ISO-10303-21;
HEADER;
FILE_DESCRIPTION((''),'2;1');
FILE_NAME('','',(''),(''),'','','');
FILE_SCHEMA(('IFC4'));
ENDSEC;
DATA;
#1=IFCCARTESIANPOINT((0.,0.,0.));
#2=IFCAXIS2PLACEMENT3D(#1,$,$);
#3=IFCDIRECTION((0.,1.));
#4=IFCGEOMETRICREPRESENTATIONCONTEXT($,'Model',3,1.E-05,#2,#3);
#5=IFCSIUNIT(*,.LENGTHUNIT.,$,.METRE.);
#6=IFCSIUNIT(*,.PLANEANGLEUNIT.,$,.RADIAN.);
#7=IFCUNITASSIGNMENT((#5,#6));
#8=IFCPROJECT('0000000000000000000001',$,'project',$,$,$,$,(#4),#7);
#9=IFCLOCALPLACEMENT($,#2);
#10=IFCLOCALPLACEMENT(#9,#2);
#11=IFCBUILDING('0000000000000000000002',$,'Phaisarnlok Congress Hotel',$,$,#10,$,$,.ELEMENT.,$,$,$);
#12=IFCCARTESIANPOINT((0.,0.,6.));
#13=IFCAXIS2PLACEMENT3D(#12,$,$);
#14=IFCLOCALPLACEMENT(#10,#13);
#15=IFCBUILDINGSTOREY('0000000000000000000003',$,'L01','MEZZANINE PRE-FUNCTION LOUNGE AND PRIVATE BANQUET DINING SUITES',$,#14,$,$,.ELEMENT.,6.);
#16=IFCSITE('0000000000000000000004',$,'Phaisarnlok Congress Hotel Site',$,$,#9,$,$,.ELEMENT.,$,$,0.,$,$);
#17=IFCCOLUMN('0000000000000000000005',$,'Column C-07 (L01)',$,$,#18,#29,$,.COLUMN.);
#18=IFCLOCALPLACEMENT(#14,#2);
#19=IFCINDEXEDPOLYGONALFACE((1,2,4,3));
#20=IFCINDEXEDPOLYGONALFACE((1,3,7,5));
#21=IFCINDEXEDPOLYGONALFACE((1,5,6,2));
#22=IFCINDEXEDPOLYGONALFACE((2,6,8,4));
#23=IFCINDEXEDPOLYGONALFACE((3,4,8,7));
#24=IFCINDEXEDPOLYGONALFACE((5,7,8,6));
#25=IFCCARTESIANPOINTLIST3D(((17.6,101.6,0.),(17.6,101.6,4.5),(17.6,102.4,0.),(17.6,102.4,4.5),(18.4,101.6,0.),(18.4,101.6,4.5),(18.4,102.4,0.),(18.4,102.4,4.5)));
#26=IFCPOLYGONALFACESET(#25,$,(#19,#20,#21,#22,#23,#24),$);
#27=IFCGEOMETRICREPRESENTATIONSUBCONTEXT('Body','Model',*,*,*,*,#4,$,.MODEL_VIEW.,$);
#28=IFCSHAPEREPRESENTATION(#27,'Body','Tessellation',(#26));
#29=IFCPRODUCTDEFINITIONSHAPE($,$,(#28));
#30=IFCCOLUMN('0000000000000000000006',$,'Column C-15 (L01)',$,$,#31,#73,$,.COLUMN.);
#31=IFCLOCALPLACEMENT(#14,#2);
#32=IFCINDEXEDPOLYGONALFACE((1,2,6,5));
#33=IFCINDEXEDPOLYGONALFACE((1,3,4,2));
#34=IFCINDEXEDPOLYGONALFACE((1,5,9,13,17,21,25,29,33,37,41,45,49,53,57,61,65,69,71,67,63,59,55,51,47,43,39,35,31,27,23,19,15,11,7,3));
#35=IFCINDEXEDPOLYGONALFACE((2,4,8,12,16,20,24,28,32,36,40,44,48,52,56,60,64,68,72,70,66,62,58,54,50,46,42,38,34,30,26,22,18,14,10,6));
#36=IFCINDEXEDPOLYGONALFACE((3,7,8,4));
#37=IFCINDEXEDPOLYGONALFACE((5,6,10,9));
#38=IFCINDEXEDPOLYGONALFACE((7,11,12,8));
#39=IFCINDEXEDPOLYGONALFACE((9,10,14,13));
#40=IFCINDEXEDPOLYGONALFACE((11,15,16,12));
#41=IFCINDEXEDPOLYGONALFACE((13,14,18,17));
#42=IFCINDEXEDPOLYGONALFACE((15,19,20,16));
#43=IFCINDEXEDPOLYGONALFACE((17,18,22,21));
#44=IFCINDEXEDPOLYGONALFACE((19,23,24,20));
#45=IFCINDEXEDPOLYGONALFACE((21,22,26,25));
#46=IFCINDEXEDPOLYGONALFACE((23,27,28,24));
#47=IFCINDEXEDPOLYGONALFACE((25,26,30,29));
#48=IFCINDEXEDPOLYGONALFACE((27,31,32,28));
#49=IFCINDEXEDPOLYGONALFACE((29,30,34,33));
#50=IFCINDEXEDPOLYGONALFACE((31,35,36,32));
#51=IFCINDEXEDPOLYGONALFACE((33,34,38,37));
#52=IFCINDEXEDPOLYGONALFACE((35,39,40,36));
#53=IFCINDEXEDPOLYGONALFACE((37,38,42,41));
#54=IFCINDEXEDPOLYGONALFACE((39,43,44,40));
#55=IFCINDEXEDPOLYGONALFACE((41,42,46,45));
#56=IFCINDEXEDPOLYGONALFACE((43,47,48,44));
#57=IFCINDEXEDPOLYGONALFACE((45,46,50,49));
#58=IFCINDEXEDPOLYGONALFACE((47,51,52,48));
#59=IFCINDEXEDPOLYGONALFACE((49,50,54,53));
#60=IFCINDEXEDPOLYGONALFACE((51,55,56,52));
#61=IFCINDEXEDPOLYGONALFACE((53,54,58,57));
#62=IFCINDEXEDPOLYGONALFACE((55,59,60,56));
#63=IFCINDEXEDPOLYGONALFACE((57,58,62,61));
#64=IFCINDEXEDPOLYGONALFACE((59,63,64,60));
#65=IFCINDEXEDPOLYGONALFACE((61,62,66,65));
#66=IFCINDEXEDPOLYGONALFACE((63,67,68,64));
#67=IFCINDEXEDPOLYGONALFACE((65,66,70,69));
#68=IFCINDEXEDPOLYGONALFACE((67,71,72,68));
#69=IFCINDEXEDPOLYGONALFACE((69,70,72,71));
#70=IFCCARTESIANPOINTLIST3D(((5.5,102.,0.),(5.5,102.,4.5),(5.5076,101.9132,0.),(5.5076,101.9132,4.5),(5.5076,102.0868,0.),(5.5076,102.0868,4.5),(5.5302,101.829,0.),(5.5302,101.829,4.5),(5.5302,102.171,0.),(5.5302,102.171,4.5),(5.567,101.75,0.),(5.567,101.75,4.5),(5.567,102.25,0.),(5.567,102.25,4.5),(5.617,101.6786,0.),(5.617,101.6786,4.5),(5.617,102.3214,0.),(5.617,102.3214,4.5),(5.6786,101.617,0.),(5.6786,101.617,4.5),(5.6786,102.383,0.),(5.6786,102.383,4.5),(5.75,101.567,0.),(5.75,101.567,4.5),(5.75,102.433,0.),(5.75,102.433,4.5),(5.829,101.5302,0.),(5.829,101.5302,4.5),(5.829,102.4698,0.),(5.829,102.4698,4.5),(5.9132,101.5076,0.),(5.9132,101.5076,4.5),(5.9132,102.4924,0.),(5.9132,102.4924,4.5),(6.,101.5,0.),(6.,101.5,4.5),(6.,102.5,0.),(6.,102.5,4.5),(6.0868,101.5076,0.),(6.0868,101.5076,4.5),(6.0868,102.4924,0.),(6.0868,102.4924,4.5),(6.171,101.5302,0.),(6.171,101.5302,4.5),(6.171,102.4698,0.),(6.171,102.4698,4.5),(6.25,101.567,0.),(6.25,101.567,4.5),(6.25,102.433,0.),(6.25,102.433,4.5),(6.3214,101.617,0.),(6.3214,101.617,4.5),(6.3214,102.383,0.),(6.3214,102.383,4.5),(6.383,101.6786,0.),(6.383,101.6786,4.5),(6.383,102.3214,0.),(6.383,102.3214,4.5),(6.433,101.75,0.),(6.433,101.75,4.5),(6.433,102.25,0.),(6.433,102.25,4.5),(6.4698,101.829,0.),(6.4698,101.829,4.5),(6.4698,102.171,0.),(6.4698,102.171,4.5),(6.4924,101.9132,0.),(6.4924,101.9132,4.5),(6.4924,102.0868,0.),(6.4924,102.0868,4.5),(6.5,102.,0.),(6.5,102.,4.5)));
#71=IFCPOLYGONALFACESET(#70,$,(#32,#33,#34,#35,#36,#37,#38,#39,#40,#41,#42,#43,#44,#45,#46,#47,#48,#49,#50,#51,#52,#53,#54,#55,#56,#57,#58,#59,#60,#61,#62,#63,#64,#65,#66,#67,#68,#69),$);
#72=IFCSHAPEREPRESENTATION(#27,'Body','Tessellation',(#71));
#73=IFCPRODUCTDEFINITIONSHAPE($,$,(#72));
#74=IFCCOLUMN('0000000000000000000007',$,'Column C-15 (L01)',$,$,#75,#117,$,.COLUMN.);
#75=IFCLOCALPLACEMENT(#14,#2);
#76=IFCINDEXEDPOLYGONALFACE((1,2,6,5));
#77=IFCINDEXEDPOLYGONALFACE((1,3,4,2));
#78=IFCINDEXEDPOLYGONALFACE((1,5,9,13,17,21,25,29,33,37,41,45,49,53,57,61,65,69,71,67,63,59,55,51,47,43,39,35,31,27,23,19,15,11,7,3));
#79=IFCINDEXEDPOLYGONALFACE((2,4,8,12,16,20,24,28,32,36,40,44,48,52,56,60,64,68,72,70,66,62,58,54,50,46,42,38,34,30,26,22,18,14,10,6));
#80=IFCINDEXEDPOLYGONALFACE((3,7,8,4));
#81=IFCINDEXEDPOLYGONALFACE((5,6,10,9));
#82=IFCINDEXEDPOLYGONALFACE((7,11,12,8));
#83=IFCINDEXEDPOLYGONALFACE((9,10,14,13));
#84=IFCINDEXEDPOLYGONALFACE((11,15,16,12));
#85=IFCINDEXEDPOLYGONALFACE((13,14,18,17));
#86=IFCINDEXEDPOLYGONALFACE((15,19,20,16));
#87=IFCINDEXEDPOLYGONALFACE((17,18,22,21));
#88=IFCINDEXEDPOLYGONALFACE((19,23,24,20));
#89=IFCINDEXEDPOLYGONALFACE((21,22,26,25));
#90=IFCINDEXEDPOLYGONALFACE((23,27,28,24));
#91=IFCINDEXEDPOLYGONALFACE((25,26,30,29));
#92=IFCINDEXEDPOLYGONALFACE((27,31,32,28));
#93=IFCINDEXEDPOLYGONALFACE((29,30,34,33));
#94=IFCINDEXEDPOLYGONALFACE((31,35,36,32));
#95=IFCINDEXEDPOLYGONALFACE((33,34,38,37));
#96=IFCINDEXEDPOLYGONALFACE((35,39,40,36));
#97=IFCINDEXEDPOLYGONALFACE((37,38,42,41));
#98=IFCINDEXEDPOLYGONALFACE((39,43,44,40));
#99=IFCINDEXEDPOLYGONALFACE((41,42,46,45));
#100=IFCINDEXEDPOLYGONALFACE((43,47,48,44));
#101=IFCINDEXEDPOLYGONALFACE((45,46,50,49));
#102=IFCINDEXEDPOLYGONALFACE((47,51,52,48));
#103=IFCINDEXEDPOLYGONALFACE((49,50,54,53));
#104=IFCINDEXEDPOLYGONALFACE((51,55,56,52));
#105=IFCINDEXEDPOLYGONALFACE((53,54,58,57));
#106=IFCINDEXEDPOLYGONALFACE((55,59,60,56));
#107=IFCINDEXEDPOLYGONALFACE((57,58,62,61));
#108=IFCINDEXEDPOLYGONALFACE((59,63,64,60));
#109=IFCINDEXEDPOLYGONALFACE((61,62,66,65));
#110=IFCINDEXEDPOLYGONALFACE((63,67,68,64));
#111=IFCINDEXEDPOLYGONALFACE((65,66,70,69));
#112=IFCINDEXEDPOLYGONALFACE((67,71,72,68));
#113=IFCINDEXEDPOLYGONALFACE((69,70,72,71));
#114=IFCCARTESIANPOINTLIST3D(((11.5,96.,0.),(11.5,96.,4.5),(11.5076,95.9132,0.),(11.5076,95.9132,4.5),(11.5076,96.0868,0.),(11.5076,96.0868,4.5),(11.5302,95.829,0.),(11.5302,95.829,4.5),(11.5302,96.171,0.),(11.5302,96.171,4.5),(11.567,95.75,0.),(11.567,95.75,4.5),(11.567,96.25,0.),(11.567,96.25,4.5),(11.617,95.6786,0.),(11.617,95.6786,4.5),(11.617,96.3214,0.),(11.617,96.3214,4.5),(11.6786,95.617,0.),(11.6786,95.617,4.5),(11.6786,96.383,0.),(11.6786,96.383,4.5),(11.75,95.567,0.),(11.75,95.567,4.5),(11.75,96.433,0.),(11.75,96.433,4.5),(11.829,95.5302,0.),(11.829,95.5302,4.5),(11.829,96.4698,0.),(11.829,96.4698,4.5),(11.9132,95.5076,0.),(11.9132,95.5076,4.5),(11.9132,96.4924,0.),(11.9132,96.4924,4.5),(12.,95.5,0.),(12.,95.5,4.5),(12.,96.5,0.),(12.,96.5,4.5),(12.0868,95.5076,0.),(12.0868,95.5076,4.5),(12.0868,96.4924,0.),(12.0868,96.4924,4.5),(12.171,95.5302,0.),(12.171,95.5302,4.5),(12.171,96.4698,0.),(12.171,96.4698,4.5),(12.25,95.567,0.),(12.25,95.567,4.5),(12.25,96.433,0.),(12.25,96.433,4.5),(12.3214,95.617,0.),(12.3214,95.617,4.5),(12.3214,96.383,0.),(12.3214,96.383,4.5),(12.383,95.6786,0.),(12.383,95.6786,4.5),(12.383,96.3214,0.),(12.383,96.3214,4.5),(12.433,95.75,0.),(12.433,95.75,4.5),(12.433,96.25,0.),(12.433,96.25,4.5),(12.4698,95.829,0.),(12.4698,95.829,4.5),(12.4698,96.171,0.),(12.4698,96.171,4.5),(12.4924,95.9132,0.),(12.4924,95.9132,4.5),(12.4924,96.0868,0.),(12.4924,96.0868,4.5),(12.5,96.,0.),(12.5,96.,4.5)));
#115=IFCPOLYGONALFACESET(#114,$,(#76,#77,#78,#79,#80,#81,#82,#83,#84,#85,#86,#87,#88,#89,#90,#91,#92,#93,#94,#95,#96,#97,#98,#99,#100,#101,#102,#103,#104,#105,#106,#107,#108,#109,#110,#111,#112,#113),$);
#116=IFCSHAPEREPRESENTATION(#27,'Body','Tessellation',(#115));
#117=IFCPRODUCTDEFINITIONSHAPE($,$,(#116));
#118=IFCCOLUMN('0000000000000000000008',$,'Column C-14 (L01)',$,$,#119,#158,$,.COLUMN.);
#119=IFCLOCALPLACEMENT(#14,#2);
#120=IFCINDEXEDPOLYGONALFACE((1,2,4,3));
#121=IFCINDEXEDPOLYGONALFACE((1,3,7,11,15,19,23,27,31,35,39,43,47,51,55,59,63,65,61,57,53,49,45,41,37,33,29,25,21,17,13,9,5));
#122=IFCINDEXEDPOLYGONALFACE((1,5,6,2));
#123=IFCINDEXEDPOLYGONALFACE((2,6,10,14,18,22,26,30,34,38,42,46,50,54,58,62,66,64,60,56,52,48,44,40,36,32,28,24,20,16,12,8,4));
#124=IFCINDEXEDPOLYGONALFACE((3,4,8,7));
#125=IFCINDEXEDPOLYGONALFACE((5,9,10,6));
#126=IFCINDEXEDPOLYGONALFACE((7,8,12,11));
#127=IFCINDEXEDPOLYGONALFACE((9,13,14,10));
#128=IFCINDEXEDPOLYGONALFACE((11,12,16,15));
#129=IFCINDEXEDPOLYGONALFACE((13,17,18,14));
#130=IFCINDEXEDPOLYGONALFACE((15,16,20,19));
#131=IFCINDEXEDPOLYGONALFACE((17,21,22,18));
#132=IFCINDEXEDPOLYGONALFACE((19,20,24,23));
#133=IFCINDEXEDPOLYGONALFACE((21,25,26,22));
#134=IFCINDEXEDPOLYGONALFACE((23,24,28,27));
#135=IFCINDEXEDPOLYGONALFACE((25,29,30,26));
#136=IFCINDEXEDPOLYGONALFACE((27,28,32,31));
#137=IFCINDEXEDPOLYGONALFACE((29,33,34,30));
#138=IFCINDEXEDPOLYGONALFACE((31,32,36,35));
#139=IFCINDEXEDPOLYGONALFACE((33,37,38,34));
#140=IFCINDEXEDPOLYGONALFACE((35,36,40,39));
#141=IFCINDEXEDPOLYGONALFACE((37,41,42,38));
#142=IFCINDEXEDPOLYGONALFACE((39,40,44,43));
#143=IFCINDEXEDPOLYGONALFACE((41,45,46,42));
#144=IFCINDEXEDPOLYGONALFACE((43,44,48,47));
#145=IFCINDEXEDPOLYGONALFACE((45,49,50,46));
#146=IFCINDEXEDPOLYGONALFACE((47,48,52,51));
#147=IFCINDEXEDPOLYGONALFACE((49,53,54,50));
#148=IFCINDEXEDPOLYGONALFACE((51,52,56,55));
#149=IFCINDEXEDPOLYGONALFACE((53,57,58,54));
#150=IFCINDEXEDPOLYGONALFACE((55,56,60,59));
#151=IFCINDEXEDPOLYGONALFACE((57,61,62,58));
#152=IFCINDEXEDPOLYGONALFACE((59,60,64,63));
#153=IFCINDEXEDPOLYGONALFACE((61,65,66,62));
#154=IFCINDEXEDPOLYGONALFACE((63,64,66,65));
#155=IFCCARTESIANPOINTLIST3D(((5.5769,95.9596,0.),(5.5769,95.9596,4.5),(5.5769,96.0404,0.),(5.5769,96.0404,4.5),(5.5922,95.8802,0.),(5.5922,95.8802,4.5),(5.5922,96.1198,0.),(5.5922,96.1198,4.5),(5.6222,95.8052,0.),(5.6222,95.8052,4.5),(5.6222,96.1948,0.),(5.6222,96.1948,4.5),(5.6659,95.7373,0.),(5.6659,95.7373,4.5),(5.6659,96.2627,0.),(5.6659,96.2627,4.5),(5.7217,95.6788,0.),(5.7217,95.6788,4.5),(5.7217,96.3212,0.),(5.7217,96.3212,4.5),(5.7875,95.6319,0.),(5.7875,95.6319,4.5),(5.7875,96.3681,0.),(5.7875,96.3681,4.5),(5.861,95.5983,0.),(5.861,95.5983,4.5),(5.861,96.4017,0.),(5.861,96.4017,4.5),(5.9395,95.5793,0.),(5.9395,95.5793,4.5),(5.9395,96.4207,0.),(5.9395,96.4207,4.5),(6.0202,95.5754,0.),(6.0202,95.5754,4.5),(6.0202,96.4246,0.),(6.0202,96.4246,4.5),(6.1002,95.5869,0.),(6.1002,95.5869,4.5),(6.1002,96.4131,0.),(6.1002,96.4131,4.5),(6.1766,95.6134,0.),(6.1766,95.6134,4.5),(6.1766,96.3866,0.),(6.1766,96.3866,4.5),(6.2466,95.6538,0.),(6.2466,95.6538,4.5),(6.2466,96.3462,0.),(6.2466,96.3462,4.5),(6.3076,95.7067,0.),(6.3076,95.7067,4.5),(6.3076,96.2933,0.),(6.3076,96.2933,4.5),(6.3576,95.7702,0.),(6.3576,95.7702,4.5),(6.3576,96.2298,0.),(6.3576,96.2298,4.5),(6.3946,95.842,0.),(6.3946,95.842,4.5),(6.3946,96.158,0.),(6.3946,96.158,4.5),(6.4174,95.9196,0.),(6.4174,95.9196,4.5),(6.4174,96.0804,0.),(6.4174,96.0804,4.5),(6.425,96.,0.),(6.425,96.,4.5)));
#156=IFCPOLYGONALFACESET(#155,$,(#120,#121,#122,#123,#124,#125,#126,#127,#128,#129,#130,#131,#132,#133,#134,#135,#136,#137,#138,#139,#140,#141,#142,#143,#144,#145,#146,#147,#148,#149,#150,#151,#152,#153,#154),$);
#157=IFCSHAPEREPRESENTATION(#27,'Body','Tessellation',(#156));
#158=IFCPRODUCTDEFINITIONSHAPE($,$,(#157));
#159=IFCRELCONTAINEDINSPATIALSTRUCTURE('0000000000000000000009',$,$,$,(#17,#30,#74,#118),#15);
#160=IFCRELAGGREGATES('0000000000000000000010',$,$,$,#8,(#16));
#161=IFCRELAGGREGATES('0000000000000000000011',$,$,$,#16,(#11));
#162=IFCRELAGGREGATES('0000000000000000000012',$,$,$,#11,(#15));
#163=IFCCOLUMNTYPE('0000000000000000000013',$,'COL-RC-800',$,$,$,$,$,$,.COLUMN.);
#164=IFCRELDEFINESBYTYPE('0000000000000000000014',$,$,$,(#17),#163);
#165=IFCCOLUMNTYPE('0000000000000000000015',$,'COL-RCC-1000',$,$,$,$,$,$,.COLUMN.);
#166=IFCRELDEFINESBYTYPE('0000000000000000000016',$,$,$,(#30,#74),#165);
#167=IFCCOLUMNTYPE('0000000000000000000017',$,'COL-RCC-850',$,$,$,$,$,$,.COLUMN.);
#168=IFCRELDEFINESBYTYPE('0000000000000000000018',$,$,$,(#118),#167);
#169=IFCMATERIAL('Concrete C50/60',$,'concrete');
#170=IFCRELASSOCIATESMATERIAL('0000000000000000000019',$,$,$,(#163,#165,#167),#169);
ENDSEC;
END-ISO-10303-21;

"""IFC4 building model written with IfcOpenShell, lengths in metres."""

from ifc_helpers import new_model, si_unit, direction, frame, origin, origin_2d, place, context, subcontext, project, spatial, rectangle, circle, extrude, material, material_profile, profile_set, type_object, element, save


model = new_model("IFC4")

# Units and contexts
model_context = context("Model", 3, precision=1e-05, world=origin(), true_north=direction((0.0, 1.0)))
body_context = subcontext(model_context, "Body", "Model", "MODEL_VIEW")
ifc_project = project(units=[si_unit("LENGTHUNIT", "METRE"), si_unit("PLANEANGLEUNIT", "RADIAN")], contexts=[model_context])

# Site, building, storey
site_placement = place(None, origin())
site = spatial("IfcSite", under=ifc_project, at=site_placement, Name="Phaisarnlok Congress Hotel Site", CompositionType="ELEMENT", RefElevation=0.0)
building_placement = place(site_placement, origin())
building = spatial("IfcBuilding", under=site, at=building_placement, Name="Phaisarnlok Congress Hotel", CompositionType="ELEMENT")
storey_placement = place(building_placement, frame((0.0, 0.0, 6.0)))
storey = spatial("IfcBuildingStorey", under=building, at=storey_placement, Name="L01", Description="MEZZANINE PRE-FUNCTION LOUNGE AND PRIVATE BANQUET DINING SUITES", CompositionType="ELEMENT", Elevation=6.0)

# Columns
ifc_material_1 = material(Name="Concrete C50/60", Category="concrete")
ifc_material_profile_1 = material_profile(ifc_material_1, rectangle(XDim=0.8, YDim=0.8, at=origin_2d()), Name="RC 800x800")
ifc_profile_set_1 = profile_set([ifc_material_profile_1], Name="Concrete C50/60")
column_type_1 = type_object("IfcColumnType", Name="COL-RC-800", PredefinedType="COLUMN", material=ifc_profile_set_1)
column_1_placement = place(storey_placement, frame((18.0, 102.0, 0.0), z_axis=(0.0, 0.0, 1.0), x_axis=(1.0, 0.0, 0.0)))
element("IfcColumn", 1, at=column_1_placement, inside=storey, type_object=column_type_1, Name="Column C-07 (L01)", PredefinedType="COLUMN", context=body_context, shape_type="SweptSolid", body=[
    extrude(rectangle(XDim=0.8, YDim=0.8, at=origin_2d()), origin(), (0.0, 0.0, 1.0), 4.5),
])
ifc_material_profile_2 = material_profile(ifc_material_1, circle(Radius=0.5, at=origin_2d()), Name="RCC D1000")
ifc_profile_set_2 = profile_set([ifc_material_profile_2], Name="Concrete C50/60")
column_type_2 = type_object("IfcColumnType", Name="COL-RCC-1000", PredefinedType="COLUMN", material=ifc_profile_set_2)
for number, where, z_axis, x_axis, name in (
    (2, (6.0, 102.0, 0.0), (0.0, 0.0, 1.0), (1.0, 0.0, 0.0), "Column C-15 (L01)"),
    (3, (12.0, 96.0, 0.0), (0.0, 0.0, 1.0), (1.0, 0.0, 0.0), "Column C-15 (L01)"),
):
    element("IfcColumn", number, at=place(storey_placement, frame(where, z_axis=z_axis, x_axis=x_axis)), inside=storey, type_object=column_type_2, Name=name, PredefinedType="COLUMN", context=body_context, shape_type="SweptSolid", body=[
        extrude(circle(Radius=0.5, at=origin_2d()), origin(), (0.0, 0.0, 1.0), 4.5),
    ])
ifc_material_profile_3 = material_profile(ifc_material_1, circle(Radius=0.425, at=origin_2d()), Name="RCC D850")
ifc_profile_set_3 = profile_set([ifc_material_profile_3], Name="Concrete C50/60")
column_type_3 = type_object("IfcColumnType", Name="COL-RCC-850", PredefinedType="COLUMN", material=ifc_profile_set_3)
column_2_placement = place(storey_placement, frame((6.0, 96.0, 0.0), z_axis=(0.0, 0.0, 1.0), x_axis=(1.0, 0.0, 0.0)))
element("IfcColumn", 4, at=column_2_placement, inside=storey, type_object=column_type_3, Name="Column C-14 (L01)", PredefinedType="COLUMN", context=body_context, shape_type="SweptSolid", body=[
    extrude(circle(Radius=0.425, at=origin_2d()), origin(), (0.0, 0.0, 1.0), 4.5),
])

save(model, "model.ifc")
